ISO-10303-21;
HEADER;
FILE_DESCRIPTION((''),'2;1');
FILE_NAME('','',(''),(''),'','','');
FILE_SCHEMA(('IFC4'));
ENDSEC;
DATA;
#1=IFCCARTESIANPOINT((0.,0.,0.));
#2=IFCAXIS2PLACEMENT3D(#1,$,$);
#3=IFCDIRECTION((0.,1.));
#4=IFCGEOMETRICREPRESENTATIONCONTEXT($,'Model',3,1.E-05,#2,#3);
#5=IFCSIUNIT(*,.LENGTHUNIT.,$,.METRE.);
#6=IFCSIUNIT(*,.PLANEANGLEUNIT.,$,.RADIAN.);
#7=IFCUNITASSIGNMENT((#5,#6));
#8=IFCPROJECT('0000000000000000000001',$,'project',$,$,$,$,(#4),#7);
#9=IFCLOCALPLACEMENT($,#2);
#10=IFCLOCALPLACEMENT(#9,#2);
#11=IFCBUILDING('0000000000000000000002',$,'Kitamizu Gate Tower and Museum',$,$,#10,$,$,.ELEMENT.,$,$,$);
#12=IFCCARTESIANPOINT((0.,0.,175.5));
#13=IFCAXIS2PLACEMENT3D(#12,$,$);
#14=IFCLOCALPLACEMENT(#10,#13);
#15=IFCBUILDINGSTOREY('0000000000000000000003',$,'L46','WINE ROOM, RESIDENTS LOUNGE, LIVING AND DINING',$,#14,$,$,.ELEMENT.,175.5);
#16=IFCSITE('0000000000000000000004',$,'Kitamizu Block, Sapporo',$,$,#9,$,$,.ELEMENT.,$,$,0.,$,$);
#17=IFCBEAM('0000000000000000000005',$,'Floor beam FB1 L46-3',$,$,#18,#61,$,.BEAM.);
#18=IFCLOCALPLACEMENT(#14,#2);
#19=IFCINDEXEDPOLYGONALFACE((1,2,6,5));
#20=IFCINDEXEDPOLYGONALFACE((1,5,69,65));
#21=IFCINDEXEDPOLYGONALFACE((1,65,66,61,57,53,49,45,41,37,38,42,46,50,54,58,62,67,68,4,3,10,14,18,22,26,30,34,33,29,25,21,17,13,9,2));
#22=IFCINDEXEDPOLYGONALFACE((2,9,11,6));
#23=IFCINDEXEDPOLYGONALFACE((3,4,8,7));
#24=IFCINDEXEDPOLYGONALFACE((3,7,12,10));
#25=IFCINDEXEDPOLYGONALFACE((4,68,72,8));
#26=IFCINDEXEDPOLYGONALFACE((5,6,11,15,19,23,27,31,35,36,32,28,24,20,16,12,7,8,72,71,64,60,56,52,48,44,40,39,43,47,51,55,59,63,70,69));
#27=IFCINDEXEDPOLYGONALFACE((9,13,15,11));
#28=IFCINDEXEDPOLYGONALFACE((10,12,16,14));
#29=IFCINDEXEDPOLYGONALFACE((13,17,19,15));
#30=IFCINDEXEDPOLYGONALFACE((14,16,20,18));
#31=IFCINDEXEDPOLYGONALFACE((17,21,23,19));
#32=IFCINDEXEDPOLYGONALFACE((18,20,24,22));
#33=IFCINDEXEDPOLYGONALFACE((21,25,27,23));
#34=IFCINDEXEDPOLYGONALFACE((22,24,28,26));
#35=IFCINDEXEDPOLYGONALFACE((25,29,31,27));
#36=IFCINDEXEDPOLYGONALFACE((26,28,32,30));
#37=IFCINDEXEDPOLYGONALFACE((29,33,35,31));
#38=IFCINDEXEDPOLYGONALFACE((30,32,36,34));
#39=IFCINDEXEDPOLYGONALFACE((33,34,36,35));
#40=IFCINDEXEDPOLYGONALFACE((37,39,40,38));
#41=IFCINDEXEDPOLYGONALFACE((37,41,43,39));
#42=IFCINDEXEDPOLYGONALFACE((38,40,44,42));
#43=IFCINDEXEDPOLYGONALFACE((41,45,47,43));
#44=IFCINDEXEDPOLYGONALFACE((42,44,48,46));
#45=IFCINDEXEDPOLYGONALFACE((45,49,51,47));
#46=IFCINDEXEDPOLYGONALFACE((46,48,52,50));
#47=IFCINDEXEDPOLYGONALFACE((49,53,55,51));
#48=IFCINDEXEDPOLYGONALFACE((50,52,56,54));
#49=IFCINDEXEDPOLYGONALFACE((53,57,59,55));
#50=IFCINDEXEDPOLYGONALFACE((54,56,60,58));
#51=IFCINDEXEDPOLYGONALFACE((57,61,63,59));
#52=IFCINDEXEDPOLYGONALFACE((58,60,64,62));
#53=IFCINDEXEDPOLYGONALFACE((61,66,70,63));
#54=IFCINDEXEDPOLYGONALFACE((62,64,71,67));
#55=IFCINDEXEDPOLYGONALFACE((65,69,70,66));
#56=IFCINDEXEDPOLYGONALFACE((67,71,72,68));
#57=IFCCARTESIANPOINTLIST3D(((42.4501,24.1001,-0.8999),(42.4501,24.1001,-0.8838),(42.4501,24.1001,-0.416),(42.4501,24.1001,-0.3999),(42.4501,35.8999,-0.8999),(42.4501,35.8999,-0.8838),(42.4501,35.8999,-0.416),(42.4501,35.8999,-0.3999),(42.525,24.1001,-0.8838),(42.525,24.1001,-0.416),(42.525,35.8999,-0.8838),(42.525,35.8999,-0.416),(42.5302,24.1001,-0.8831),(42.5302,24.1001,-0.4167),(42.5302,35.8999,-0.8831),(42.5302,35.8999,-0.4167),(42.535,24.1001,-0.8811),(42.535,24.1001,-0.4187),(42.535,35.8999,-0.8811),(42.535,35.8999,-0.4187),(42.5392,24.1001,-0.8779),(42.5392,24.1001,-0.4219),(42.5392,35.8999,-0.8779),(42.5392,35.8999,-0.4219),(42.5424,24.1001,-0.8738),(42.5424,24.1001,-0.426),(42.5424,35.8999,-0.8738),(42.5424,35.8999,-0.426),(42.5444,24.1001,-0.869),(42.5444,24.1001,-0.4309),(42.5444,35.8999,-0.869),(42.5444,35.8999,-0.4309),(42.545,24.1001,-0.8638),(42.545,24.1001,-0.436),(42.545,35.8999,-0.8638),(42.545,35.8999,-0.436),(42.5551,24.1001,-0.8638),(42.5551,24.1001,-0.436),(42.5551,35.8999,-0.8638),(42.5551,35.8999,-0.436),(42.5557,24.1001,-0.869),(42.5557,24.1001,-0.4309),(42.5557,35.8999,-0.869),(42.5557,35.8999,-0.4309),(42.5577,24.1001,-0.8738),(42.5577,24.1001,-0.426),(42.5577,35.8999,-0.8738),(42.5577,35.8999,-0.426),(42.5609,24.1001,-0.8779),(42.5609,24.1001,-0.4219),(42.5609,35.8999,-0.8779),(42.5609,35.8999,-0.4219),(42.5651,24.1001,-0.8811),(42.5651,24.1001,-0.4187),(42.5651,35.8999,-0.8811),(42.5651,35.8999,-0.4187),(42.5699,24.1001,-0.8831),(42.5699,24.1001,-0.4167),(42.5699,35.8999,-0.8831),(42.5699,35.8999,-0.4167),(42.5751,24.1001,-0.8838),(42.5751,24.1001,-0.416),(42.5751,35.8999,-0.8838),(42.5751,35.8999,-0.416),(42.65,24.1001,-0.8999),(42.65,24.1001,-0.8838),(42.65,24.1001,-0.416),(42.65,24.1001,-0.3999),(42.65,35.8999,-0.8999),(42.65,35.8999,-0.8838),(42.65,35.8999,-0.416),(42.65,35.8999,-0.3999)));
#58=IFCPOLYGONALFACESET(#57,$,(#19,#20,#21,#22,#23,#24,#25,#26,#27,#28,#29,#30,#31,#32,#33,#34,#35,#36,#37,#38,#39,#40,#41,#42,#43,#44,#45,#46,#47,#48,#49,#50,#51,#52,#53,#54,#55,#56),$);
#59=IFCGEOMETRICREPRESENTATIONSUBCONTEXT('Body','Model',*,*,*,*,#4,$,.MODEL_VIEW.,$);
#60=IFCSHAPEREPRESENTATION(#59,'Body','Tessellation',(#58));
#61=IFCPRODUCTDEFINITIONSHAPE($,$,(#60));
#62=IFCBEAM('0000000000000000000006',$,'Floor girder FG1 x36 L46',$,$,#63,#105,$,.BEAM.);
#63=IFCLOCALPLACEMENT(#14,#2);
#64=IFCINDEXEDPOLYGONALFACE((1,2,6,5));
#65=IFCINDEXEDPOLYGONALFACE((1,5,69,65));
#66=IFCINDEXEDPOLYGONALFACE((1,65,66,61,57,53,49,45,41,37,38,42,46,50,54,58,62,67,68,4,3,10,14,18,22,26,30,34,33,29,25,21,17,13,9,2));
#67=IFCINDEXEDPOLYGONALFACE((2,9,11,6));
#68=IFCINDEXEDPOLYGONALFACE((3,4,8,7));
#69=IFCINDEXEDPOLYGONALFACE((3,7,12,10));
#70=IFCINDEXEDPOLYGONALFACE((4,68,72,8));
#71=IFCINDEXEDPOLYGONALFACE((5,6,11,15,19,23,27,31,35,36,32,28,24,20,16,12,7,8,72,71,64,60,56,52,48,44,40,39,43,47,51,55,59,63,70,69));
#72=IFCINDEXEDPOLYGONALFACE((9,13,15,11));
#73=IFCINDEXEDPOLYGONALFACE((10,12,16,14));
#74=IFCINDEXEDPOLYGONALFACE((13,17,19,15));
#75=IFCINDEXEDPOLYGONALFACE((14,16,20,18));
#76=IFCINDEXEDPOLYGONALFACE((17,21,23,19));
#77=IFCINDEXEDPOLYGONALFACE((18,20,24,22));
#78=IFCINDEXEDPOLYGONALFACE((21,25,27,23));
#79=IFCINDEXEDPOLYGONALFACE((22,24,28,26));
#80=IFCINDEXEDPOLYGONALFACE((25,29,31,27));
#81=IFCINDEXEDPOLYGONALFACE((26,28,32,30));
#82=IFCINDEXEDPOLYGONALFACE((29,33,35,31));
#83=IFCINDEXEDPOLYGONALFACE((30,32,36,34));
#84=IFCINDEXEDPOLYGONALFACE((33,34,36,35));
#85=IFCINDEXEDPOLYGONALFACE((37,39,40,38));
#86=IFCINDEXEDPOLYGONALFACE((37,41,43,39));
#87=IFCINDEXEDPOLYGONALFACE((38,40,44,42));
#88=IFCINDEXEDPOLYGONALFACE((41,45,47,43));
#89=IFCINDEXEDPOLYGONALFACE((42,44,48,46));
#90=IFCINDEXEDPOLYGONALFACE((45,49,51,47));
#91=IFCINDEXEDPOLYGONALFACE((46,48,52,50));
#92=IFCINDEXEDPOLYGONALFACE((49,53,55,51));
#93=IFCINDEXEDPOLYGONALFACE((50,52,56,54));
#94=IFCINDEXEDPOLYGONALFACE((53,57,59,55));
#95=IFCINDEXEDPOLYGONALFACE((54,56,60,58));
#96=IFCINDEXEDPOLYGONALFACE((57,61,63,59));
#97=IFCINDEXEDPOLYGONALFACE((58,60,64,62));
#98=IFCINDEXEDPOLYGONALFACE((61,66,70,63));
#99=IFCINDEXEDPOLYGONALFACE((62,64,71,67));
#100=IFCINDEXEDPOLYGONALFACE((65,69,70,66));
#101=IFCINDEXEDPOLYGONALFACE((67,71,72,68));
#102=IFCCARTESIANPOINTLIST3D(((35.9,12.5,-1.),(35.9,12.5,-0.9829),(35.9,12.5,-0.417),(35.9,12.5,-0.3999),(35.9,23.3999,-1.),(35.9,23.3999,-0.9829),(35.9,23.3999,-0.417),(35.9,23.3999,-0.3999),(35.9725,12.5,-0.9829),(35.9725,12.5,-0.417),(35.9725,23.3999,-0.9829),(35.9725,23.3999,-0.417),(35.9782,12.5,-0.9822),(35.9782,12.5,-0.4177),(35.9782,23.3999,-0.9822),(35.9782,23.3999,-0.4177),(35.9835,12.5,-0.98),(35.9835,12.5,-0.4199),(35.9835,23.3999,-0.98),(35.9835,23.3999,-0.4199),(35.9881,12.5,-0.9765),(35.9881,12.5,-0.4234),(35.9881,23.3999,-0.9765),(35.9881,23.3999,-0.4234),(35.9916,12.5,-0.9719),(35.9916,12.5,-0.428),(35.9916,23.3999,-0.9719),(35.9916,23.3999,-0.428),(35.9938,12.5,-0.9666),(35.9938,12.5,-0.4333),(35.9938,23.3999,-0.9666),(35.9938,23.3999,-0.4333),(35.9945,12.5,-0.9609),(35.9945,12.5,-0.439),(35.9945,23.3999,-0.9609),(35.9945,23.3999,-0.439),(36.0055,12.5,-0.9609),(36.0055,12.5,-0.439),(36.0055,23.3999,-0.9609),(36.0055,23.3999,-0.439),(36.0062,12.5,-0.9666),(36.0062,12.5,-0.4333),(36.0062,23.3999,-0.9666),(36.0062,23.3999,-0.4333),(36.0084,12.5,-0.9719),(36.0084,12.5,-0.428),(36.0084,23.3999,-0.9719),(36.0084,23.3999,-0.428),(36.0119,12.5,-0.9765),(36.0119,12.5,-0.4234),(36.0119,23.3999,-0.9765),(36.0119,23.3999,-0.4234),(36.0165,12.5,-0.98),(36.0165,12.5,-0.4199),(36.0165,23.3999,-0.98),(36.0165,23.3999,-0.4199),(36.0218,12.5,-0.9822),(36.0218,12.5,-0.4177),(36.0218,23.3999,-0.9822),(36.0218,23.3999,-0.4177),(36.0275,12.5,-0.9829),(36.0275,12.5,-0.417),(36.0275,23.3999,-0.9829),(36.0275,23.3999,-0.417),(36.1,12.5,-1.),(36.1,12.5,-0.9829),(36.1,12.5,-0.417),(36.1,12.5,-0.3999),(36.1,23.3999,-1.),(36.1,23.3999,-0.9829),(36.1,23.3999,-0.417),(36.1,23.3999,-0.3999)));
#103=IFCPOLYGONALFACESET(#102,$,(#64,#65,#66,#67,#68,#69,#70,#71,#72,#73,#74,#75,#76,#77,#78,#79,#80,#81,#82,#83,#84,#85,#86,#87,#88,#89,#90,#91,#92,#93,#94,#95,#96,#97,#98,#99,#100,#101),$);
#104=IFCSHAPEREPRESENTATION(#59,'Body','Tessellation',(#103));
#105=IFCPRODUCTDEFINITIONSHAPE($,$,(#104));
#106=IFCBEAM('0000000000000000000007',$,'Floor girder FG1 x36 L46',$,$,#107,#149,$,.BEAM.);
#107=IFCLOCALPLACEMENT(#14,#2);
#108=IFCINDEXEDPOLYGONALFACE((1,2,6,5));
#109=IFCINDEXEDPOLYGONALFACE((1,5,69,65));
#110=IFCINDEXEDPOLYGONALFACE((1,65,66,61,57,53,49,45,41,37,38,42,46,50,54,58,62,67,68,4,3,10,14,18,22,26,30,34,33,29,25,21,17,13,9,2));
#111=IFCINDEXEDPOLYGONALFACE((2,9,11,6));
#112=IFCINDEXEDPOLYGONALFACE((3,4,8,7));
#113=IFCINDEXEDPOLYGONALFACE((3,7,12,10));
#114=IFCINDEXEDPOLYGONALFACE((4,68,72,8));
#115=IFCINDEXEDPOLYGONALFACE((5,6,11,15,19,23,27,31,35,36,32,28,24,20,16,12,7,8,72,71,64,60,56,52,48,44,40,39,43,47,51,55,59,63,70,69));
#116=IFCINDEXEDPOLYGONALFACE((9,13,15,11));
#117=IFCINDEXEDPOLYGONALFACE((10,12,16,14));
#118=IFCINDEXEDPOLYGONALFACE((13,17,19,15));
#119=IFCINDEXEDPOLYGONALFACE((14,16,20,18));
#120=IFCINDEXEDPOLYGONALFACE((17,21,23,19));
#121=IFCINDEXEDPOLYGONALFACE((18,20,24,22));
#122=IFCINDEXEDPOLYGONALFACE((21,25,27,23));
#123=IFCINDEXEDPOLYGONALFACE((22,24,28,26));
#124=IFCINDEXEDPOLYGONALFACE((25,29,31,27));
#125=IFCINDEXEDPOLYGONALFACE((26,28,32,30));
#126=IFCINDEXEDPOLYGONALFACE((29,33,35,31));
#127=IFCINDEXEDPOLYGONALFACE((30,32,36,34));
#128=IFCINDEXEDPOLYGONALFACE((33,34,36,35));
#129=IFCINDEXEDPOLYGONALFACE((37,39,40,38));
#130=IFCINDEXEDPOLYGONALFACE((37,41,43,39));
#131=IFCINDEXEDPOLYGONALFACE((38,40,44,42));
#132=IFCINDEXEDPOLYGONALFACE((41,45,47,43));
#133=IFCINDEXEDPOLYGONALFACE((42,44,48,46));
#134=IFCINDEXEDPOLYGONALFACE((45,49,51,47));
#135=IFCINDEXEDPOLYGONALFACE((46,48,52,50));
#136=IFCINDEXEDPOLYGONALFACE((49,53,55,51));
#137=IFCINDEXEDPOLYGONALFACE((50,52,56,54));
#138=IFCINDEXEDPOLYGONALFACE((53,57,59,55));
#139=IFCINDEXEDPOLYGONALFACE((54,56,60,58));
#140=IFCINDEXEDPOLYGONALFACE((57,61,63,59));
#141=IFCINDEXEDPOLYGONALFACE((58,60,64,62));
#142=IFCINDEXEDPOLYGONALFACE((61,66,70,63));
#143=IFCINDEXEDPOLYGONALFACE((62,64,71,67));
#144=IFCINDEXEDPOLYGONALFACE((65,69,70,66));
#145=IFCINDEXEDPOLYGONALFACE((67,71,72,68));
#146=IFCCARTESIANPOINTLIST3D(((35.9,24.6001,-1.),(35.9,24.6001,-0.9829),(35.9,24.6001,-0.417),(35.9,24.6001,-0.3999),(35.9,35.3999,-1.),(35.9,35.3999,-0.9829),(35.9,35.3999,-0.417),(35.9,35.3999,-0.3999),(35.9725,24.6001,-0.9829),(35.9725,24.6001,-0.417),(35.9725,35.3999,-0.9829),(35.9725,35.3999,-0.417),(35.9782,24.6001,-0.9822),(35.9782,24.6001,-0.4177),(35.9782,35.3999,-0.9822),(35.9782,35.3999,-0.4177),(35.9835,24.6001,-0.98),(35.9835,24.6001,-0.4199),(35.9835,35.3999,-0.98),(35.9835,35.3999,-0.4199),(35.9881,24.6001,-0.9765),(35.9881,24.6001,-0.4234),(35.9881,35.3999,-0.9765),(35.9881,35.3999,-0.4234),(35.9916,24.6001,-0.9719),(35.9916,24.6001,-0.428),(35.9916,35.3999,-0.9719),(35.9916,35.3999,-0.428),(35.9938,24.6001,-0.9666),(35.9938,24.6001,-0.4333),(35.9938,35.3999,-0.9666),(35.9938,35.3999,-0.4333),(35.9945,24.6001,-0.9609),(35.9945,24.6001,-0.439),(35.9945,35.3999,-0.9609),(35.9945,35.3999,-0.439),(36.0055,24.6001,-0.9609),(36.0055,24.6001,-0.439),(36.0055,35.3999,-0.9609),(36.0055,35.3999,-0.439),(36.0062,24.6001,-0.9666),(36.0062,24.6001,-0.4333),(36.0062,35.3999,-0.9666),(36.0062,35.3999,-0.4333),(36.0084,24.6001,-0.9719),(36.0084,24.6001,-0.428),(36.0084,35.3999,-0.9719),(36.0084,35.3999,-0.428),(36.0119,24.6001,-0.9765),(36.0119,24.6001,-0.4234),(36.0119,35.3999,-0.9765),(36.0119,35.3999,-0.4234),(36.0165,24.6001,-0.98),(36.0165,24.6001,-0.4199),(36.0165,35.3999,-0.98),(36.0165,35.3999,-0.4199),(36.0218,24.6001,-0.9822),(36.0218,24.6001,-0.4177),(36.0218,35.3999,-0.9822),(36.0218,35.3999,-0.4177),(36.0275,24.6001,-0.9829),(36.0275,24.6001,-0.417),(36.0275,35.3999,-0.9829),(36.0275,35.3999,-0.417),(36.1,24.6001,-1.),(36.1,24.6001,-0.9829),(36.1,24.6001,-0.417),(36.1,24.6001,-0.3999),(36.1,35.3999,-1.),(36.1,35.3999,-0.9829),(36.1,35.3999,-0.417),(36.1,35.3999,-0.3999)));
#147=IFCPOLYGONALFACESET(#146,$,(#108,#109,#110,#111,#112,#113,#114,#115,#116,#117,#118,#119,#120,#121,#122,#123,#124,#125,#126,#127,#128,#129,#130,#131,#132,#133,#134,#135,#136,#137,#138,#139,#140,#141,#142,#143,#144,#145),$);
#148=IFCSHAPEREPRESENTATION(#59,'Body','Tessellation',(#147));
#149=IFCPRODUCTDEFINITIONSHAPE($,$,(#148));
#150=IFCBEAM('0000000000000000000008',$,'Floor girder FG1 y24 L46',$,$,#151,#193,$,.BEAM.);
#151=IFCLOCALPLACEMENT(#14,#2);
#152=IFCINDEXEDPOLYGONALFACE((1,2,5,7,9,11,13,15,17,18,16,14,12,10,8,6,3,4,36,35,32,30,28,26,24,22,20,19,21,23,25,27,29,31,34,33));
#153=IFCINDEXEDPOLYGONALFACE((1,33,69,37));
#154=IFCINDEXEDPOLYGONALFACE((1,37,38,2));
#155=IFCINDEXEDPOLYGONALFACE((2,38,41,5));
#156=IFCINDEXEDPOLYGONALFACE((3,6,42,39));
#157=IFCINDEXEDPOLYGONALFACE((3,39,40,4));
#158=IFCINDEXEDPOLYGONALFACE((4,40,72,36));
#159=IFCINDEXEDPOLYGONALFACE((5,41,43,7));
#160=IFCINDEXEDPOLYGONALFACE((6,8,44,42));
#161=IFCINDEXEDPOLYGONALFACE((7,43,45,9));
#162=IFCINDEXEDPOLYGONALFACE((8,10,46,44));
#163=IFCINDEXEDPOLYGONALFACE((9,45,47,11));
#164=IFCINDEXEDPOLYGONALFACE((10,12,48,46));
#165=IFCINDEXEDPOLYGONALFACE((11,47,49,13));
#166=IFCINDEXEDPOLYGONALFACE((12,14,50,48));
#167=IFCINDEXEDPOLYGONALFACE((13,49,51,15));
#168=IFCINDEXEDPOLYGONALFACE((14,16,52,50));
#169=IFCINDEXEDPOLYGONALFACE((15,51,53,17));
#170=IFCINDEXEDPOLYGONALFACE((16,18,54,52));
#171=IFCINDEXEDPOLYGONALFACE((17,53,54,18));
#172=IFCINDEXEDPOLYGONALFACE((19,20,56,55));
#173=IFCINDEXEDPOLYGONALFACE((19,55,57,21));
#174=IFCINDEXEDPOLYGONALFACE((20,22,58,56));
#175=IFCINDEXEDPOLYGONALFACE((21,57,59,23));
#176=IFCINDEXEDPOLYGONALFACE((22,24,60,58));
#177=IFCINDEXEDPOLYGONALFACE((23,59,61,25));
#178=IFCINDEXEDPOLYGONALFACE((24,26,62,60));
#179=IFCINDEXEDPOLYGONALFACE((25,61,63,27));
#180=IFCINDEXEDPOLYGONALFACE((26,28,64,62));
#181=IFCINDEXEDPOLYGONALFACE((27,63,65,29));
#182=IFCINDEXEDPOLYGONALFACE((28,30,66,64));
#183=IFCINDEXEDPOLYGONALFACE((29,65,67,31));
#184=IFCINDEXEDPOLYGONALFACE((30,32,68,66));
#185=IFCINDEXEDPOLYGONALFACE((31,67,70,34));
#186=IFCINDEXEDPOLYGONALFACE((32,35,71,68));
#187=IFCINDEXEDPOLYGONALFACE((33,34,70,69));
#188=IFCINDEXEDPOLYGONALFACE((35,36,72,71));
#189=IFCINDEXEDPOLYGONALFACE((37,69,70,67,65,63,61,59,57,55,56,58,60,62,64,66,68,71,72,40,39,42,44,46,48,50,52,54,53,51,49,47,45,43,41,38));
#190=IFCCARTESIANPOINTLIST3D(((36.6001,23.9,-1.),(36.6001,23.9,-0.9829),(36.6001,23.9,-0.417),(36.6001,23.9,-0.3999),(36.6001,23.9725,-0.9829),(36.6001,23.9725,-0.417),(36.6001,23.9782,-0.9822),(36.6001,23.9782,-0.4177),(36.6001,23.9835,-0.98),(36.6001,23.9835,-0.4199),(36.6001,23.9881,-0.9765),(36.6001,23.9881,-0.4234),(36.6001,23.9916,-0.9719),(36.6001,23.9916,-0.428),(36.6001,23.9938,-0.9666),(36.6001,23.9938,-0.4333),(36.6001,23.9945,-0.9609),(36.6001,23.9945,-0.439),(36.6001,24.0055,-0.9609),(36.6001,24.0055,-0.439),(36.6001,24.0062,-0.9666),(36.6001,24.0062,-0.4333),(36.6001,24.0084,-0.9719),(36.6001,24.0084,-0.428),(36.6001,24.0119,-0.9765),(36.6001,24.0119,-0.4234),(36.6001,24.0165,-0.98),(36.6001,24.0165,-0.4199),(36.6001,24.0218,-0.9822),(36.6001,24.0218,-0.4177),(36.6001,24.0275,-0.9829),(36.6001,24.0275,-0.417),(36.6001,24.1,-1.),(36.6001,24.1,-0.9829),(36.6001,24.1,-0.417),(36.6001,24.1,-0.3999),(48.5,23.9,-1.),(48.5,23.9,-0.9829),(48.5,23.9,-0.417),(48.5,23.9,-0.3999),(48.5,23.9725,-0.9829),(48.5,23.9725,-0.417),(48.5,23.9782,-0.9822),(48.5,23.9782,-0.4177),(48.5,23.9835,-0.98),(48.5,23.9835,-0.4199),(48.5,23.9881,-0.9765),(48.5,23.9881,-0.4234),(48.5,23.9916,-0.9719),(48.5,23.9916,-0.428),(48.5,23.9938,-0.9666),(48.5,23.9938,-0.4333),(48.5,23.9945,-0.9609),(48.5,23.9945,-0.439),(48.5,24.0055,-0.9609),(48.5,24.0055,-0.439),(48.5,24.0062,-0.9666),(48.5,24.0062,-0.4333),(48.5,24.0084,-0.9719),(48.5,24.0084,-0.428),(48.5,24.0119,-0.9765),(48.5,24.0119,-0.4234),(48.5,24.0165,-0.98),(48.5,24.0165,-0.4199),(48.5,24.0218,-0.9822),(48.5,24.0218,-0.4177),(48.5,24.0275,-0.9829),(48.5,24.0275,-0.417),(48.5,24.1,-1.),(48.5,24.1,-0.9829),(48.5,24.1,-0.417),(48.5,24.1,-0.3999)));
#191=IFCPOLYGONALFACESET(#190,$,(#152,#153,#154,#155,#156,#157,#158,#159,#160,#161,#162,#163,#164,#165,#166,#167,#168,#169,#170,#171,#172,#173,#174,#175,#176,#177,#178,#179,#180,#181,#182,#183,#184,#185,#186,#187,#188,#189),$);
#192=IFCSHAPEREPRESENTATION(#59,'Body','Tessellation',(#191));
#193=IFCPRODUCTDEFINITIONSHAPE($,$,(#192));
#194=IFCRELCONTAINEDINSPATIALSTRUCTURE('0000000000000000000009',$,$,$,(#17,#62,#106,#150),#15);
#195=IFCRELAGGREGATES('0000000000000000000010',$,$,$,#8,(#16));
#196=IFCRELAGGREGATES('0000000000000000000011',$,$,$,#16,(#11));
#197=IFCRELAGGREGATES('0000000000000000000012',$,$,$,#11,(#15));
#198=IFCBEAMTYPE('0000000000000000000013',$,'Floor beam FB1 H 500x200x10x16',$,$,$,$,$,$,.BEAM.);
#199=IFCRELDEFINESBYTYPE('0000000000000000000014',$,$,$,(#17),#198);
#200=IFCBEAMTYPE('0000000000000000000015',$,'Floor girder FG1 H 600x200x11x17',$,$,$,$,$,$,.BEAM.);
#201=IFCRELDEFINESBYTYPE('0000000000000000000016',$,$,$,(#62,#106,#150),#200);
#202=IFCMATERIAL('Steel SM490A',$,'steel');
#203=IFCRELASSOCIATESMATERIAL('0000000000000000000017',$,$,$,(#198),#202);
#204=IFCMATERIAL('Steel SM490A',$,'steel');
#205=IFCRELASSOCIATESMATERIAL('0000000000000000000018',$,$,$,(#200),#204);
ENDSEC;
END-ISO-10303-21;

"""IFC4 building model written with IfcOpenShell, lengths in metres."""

from ifc_helpers import new_model, si_unit, direction, frame, origin, origin_2d, place, context, subcontext, project, spatial, i_section, extrude, material, material_profile, profile_set, type_object, element, save


model = new_model("IFC4")

# Units and contexts
model_context = context("Model", 3, precision=1e-05, world=origin(), true_north=direction((0.0, 1.0)))
body_context = subcontext(model_context, "Body", "Model", "MODEL_VIEW")
ifc_project = project(units=[si_unit("LENGTHUNIT", "METRE"), si_unit("PLANEANGLEUNIT", "RADIAN")], contexts=[model_context])

# Site, building, storey
site_placement = place(None, origin())
site = spatial("IfcSite", under=ifc_project, at=site_placement, Name="Kitamizu Block, Sapporo", CompositionType="ELEMENT", RefElevation=0.0)
building_placement = place(site_placement, origin())
building = spatial("IfcBuilding", under=site, at=building_placement, Name="Kitamizu Gate Tower and Museum", CompositionType="ELEMENT")
storey_placement = place(building_placement, frame((0.0, 0.0, 175.5)))
storey = spatial("IfcBuildingStorey", under=building, at=storey_placement, Name="L46", Description="WINE ROOM, RESIDENTS LOUNGE, LIVING AND DINING", CompositionType="ELEMENT", Elevation=175.5)

# Beams
ifc_material_1 = material(Name="Steel SM490A", Category="steel")
ifc_material_profile_1 = material_profile(ifc_material_1, i_section(OverallWidth=0.2, OverallDepth=0.5, WebThickness=0.01, FlangeThickness=0.0161, FilletRadius=0.02, at=origin_2d()), Name="H-500x200x10x16")
ifc_profile_set_1 = profile_set([ifc_material_profile_1], Name="Steel SM490A")
beam_type_1 = type_object("IfcBeamType", Name="Floor beam FB1 H 500x200x10x16", PredefinedType="BEAM", material=ifc_profile_set_1)
for number, where, z_axis, x_axis, name in (
    (1, (42.55, 24.1001, -0.6499), (0.0, 1.0, 0.0), (-1.0, 0.0, 0.0), "Floor beam FB1 L46-3"),
):
    element("IfcBeam", number, at=place(storey_placement, frame(where, z_axis=z_axis, x_axis=x_axis)), inside=storey, type_object=beam_type_1, Name=name, PredefinedType="BEAM", context=body_context, shape_type="SweptSolid", body=[
        extrude(i_section(OverallWidth=0.2, OverallDepth=0.5, WebThickness=0.01, FlangeThickness=0.0161, FilletRadius=0.02, at=origin_2d()), origin(), (0.0, 0.0, 1.0), 11.7998),
    ])
ifc_material_2 = material(Name="Steel SM490A", Category="steel")
ifc_material_profile_2 = material_profile(ifc_material_2, i_section(OverallWidth=0.2, OverallDepth=0.6001, WebThickness=0.011, FlangeThickness=0.0171, FilletRadius=0.022, at=origin_2d()), Name="H-600x200x11x17")
ifc_profile_set_2 = profile_set([ifc_material_profile_2], Name="Steel SM490A")
beam_type_2 = type_object("IfcBeamType", Name="Floor girder FG1 H 600x200x11x17", PredefinedType="BEAM", material=ifc_profile_set_2)
beam_1_placement = place(storey_placement, frame((36.0, 12.5, -0.7), z_axis=(0.0, 1.0, 0.0), x_axis=(-1.0, 0.0, 0.0)))
element("IfcBeam", 2, at=beam_1_placement, inside=storey, type_object=beam_type_2, Name="Floor girder FG1 x36 L46", PredefinedType="BEAM", context=body_context, shape_type="SweptSolid", body=[
    extrude(i_section(OverallWidth=0.2, OverallDepth=0.6001, WebThickness=0.011, FlangeThickness=0.0171, FilletRadius=0.022, at=origin_2d()), origin(), (0.0, 0.0, 1.0), 10.8999),
])
beam_2_placement = place(storey_placement, frame((36.0, 24.6001, -0.7), z_axis=(0.0, 1.0, 0.0), x_axis=(-1.0, 0.0, 0.0)))
element("IfcBeam", 3, at=beam_2_placement, inside=storey, type_object=beam_type_2, Name="Floor girder FG1 x36 L46", PredefinedType="BEAM", context=body_context, shape_type="SweptSolid", body=[
    extrude(i_section(OverallWidth=0.2, OverallDepth=0.6001, WebThickness=0.011, FlangeThickness=0.0171, FilletRadius=0.022, at=origin_2d()), origin(), (0.0, 0.0, 1.0), 10.7998),
])
beam_3_placement = place(storey_placement, frame((36.6001, 24.0, -0.7), z_axis=(1.0, 0.0, 0.0), x_axis=(0.0, 1.0, 0.0)))
element("IfcBeam", 4, at=beam_3_placement, inside=storey, type_object=beam_type_2, Name="Floor girder FG1 y24 L46", PredefinedType="BEAM", context=body_context, shape_type="SweptSolid", body=[
    extrude(i_section(OverallWidth=0.2, OverallDepth=0.6001, WebThickness=0.011, FlangeThickness=0.0171, FilletRadius=0.022, at=origin_2d()), origin(), (0.0, 0.0, 1.0), 11.8999),
])

save(model, "model.ifc")
